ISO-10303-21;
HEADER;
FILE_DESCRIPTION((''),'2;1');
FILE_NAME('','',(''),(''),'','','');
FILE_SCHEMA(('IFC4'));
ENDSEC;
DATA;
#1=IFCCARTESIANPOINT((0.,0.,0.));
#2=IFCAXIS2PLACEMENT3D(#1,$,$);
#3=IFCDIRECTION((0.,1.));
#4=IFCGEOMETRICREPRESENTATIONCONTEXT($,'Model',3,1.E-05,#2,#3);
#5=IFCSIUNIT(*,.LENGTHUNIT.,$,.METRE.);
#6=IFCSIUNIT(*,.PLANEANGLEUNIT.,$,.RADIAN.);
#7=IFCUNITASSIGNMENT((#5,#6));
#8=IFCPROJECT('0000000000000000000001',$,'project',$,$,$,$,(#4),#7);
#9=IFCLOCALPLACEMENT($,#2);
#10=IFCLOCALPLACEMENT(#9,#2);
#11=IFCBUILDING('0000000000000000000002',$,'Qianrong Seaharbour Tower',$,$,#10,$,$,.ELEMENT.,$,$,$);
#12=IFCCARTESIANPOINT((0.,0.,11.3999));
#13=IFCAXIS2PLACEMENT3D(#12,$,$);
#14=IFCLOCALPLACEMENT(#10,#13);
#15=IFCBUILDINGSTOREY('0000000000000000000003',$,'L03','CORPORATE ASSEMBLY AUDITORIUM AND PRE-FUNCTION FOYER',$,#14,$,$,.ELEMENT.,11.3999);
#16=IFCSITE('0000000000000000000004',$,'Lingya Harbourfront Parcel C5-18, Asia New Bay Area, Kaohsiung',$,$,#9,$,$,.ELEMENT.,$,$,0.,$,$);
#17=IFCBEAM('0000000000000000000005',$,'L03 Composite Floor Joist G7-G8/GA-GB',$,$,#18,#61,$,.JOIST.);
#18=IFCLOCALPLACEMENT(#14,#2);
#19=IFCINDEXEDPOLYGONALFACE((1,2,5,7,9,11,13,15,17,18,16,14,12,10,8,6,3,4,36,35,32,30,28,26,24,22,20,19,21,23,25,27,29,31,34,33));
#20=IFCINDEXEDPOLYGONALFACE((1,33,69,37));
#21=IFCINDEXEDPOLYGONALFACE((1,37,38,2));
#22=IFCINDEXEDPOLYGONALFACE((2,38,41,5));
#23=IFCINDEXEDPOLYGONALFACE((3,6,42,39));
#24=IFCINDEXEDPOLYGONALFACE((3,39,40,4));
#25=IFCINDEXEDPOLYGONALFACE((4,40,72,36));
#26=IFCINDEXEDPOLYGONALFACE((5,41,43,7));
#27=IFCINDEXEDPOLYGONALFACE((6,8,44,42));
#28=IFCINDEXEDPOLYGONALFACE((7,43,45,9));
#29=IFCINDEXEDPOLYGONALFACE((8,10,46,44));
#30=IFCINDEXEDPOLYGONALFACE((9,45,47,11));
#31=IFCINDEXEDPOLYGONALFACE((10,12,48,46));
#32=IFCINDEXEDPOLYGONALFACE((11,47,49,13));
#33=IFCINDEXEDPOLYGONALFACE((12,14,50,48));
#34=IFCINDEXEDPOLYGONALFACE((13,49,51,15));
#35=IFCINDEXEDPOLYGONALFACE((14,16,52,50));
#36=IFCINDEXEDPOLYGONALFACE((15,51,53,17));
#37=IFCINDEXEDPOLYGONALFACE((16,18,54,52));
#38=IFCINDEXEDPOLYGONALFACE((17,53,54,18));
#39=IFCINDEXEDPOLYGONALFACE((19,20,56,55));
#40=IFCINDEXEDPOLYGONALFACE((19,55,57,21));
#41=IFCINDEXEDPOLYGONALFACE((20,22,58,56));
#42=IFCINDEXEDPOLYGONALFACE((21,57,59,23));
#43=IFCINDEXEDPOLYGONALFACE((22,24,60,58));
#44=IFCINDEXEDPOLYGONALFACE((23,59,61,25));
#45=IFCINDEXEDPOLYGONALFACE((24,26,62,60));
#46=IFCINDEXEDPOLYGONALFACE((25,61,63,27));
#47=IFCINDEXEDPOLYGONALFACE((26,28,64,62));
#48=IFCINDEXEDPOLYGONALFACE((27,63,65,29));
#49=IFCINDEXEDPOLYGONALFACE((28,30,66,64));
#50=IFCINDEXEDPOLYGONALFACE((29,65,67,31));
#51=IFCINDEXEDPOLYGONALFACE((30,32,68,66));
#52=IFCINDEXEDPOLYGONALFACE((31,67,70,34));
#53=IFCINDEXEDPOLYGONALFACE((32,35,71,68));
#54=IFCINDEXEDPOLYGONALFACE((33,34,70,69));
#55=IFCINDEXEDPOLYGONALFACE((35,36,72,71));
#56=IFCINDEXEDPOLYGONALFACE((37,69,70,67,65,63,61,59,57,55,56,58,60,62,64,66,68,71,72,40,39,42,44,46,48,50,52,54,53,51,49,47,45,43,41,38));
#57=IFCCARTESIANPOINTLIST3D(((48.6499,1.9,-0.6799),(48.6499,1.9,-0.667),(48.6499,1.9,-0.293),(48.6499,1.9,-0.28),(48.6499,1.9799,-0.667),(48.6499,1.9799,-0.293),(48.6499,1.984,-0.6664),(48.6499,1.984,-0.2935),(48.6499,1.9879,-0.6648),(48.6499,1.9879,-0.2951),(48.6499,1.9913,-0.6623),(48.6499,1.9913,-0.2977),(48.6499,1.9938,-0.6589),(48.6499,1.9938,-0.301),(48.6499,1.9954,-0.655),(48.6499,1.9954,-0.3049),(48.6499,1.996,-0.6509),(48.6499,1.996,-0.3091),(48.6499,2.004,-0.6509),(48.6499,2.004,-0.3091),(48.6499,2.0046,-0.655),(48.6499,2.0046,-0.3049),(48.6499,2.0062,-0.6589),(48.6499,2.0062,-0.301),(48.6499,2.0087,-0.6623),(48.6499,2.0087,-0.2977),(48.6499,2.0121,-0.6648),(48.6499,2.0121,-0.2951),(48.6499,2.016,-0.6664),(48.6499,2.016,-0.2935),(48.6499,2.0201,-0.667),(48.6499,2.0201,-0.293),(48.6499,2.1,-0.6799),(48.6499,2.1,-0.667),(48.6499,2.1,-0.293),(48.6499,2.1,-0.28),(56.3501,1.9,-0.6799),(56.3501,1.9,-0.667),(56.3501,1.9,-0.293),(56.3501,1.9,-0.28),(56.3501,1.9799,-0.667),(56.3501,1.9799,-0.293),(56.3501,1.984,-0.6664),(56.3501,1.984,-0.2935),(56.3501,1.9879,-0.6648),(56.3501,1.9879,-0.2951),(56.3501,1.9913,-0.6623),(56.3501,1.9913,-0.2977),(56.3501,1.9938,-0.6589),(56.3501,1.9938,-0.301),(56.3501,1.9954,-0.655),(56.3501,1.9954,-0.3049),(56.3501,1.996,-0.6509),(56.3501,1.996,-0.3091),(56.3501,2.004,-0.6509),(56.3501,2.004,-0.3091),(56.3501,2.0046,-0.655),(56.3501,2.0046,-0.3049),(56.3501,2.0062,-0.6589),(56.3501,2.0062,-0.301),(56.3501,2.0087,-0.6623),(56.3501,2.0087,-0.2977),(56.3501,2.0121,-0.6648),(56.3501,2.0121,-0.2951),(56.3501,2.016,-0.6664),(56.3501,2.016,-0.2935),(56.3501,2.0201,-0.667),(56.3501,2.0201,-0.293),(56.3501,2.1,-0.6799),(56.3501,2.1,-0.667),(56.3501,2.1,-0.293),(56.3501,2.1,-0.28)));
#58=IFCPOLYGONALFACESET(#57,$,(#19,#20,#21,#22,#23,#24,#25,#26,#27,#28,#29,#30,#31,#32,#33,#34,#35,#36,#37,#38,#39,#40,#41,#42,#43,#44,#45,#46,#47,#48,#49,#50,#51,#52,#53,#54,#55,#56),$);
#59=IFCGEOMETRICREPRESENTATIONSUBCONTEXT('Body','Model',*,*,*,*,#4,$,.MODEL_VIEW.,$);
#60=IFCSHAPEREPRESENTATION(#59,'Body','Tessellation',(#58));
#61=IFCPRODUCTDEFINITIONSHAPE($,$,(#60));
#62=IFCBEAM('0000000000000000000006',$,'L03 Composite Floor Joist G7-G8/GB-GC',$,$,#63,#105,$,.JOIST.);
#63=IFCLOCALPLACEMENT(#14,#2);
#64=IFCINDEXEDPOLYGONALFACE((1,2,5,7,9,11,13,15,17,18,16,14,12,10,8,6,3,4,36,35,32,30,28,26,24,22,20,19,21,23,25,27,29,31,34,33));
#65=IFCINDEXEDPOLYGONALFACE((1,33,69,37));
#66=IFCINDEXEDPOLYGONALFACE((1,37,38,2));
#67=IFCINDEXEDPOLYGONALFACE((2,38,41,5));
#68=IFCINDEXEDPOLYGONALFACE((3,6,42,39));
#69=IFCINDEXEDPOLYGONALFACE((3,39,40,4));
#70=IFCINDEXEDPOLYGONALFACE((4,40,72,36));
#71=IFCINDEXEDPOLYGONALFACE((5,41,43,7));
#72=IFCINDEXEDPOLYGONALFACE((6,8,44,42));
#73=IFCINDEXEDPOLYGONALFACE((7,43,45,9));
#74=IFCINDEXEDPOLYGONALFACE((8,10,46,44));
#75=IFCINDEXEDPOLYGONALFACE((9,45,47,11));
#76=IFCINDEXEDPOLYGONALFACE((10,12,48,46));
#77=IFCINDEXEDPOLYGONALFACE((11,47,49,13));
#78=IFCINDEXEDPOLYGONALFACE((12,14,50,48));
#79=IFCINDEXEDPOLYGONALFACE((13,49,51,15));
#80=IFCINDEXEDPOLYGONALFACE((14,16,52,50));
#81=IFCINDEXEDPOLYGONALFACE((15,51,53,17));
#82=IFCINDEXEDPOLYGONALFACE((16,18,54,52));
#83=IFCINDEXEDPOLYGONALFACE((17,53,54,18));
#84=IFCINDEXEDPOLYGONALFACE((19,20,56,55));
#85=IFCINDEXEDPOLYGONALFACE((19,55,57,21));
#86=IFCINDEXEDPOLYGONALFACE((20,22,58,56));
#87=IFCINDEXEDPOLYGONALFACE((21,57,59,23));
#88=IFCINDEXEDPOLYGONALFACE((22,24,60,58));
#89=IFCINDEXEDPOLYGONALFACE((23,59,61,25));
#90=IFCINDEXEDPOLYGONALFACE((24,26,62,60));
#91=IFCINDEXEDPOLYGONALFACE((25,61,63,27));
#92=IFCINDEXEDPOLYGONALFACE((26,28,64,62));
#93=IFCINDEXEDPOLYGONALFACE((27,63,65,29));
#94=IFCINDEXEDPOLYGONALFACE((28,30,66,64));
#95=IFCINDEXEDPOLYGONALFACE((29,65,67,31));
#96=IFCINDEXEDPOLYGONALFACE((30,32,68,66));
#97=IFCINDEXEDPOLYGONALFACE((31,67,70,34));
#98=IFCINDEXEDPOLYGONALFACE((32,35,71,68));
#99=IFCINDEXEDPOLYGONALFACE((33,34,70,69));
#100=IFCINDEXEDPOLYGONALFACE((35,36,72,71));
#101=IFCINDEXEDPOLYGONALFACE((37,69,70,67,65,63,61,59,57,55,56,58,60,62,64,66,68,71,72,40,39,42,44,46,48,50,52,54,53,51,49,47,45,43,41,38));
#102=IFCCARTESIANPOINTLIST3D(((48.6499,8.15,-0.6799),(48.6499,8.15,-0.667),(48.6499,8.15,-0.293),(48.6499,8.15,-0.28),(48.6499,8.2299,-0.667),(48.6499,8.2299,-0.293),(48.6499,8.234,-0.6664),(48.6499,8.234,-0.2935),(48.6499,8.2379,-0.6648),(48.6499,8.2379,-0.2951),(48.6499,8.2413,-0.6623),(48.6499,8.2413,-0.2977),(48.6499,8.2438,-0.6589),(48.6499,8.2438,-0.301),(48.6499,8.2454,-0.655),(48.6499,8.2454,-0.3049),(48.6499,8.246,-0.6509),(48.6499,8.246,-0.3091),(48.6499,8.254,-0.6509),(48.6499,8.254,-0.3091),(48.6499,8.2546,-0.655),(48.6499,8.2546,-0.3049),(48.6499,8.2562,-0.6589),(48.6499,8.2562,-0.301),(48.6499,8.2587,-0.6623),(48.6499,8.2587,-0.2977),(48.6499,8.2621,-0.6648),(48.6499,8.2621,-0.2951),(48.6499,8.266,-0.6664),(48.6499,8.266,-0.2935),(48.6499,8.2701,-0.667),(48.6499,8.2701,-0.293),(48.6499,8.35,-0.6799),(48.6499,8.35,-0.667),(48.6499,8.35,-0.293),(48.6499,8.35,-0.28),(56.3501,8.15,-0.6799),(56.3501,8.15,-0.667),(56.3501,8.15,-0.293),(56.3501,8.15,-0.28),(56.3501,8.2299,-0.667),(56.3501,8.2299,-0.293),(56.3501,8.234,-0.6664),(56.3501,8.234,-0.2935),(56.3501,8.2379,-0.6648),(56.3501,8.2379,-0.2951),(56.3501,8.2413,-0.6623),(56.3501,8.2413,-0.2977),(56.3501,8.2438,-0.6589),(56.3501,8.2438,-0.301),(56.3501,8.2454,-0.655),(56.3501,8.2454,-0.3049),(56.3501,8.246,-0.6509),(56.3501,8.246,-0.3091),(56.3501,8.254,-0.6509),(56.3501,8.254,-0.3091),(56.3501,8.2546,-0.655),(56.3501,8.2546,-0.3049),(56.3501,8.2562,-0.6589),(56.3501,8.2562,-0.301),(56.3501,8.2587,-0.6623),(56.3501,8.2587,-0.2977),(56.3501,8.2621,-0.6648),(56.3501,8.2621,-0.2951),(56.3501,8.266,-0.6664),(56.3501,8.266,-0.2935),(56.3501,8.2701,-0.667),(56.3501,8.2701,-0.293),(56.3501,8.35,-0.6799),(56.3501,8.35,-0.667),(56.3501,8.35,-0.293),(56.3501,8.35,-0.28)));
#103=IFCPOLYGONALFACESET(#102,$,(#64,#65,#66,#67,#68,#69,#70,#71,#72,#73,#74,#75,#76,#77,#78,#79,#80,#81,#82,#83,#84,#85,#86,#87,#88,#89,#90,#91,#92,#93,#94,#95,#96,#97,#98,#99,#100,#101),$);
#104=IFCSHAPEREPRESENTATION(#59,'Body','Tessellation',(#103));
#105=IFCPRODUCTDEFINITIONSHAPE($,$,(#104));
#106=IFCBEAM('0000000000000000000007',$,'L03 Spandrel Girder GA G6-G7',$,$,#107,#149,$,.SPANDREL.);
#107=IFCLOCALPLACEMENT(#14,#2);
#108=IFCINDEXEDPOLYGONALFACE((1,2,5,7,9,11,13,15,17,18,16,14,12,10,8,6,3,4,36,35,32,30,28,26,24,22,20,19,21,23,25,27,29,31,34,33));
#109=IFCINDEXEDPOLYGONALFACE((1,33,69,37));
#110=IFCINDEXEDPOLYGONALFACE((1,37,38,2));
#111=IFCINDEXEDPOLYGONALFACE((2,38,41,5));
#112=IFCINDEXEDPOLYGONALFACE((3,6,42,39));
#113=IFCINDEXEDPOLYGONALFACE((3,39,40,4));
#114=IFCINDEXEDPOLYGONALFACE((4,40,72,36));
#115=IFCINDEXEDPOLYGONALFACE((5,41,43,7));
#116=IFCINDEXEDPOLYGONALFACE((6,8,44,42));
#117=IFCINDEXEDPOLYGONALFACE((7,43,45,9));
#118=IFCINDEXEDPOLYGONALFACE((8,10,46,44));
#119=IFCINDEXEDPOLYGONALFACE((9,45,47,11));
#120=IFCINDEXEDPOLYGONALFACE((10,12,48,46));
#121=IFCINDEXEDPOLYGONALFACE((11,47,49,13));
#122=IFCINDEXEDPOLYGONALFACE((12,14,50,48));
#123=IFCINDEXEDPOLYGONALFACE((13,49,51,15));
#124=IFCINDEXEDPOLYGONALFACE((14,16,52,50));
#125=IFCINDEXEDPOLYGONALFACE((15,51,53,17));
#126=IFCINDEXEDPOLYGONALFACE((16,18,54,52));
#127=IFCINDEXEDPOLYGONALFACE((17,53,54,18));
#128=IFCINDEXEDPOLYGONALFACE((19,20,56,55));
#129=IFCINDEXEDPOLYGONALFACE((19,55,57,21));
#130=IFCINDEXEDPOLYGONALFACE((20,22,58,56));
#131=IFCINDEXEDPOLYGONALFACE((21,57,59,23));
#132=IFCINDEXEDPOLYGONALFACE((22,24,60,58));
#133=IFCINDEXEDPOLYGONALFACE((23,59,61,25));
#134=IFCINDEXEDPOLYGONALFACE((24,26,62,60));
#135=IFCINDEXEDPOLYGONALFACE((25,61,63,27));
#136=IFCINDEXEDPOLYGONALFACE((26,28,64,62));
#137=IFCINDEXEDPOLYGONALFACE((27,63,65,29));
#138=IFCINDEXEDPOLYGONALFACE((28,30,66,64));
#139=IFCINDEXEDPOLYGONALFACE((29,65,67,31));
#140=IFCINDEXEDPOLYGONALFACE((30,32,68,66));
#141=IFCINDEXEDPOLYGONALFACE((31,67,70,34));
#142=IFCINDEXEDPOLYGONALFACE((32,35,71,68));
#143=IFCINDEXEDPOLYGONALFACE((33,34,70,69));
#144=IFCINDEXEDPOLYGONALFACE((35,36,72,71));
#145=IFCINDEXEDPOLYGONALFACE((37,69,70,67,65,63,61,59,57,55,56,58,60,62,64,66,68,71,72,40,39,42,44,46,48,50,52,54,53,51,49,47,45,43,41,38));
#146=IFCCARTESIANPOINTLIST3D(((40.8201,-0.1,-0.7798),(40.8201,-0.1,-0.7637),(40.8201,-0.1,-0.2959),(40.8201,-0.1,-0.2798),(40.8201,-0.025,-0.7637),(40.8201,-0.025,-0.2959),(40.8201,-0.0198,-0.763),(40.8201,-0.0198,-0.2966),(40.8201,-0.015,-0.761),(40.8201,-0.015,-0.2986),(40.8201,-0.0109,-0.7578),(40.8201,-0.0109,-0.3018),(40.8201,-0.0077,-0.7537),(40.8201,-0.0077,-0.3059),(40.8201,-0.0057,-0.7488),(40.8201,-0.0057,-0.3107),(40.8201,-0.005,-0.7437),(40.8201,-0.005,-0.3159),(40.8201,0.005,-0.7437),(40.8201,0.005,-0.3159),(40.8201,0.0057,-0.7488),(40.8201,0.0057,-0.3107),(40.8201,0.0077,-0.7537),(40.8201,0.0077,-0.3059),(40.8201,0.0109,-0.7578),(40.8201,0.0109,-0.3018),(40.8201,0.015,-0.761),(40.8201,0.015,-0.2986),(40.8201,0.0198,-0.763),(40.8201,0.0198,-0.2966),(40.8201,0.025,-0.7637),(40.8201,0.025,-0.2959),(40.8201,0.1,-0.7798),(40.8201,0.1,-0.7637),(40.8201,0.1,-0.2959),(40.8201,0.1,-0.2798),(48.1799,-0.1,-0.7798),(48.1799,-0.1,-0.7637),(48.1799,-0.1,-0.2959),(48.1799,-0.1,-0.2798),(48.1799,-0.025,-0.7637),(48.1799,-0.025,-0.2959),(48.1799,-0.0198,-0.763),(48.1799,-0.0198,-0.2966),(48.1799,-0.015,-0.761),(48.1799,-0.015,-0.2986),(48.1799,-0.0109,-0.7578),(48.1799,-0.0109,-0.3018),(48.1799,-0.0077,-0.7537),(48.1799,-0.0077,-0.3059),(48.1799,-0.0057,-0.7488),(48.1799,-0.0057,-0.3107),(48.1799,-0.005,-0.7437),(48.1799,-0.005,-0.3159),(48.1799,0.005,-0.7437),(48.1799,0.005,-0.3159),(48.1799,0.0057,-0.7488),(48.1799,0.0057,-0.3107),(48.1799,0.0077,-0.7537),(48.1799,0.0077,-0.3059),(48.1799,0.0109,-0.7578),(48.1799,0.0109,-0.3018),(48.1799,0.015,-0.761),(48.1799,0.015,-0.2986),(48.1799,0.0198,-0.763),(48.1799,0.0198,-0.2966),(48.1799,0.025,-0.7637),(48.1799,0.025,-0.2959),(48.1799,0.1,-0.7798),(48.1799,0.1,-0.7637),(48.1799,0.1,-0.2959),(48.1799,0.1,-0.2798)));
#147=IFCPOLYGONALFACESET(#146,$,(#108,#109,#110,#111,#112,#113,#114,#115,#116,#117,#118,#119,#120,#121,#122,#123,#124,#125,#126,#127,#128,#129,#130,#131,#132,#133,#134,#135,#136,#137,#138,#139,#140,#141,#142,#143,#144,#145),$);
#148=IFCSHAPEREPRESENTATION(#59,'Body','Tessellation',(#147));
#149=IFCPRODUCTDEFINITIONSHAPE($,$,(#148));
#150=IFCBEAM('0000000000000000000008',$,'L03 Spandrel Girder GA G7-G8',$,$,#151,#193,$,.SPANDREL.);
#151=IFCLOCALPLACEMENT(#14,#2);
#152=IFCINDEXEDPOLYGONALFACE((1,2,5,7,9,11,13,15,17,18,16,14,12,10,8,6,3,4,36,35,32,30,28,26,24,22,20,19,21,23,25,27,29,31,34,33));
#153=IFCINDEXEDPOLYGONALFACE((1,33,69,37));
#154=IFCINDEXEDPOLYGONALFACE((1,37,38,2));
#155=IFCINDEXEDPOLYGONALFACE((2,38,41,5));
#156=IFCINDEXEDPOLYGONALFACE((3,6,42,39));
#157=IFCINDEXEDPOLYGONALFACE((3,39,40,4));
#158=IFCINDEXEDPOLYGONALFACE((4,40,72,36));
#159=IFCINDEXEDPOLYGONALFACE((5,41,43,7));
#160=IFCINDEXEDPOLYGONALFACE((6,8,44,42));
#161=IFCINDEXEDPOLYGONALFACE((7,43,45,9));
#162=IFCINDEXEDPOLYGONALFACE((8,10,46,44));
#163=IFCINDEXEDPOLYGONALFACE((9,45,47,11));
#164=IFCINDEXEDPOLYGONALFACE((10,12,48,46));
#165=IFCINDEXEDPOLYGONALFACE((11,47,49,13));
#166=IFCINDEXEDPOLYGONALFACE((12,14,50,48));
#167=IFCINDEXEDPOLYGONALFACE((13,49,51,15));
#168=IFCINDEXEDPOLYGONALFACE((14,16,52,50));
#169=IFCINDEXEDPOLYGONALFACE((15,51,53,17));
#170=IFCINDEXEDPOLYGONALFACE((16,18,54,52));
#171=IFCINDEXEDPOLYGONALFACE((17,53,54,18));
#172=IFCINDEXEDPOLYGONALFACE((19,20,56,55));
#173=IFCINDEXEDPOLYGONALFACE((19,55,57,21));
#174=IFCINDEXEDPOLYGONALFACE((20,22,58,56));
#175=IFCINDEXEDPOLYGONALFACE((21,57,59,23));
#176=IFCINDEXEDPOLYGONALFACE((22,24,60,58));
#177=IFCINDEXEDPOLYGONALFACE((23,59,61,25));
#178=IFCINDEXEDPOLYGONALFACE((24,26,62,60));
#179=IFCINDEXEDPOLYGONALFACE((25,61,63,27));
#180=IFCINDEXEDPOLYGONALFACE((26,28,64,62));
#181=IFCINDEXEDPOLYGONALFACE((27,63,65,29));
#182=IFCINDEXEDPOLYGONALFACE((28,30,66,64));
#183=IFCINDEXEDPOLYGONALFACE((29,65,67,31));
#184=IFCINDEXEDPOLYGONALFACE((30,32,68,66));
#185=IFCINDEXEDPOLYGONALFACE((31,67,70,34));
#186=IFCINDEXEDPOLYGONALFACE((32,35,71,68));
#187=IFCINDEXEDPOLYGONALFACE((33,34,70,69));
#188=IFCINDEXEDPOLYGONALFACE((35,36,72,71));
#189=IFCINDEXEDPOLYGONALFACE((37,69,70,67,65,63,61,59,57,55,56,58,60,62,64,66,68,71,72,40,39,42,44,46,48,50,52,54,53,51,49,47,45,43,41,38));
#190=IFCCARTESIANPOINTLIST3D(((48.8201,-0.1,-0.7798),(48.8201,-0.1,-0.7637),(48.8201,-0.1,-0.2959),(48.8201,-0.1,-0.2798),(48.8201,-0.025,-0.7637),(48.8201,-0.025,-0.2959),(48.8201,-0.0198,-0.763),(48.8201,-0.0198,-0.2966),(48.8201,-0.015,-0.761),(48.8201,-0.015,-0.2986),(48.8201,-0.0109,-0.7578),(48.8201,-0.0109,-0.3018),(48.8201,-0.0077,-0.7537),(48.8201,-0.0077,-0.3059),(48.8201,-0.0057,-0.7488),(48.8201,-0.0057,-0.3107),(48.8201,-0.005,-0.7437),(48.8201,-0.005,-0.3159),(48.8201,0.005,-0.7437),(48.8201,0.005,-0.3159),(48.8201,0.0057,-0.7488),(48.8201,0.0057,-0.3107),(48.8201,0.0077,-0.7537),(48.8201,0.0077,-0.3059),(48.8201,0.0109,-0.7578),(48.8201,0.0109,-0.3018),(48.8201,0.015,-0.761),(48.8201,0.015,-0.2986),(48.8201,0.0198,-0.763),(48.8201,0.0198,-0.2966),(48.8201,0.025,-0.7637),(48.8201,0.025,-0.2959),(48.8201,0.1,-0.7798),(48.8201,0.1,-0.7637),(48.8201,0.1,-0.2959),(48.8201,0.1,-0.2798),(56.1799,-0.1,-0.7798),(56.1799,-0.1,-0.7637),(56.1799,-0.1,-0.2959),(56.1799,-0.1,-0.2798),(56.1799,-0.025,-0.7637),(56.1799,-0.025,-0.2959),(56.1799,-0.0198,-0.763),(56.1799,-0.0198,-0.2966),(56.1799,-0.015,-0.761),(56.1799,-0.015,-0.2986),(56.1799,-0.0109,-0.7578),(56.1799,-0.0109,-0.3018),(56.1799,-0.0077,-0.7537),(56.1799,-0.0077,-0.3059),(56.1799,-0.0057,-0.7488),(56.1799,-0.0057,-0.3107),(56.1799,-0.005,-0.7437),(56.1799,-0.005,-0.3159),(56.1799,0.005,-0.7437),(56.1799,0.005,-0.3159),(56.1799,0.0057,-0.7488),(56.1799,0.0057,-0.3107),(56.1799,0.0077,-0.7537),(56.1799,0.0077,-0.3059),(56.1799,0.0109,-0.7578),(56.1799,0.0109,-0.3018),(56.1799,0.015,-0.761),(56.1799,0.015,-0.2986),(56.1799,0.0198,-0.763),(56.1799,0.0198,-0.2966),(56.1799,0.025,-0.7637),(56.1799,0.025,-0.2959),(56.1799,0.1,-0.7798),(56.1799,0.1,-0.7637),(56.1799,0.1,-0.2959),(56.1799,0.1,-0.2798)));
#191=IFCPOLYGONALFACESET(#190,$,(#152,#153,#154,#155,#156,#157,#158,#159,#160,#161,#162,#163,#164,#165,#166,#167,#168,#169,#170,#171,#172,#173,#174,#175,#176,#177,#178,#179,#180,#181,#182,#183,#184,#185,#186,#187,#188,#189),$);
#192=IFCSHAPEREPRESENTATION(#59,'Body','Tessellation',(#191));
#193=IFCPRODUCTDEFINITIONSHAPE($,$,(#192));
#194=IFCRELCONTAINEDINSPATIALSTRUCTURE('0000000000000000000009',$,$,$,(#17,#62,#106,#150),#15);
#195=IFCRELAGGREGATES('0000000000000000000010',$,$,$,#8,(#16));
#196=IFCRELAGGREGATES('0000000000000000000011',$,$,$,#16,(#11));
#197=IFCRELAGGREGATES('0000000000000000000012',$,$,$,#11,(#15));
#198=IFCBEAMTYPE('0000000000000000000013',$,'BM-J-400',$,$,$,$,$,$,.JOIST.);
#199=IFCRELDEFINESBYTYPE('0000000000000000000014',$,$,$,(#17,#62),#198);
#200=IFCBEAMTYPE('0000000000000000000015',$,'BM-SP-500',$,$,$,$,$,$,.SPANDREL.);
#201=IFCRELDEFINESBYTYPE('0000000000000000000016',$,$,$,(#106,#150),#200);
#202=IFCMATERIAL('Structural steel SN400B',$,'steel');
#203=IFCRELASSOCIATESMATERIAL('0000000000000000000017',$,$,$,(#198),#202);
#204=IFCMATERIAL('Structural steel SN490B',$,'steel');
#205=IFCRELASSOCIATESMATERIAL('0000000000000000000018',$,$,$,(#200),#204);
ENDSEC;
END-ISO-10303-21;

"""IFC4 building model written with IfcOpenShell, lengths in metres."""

from ifc_helpers import new_model, si_unit, direction, frame, origin, origin_2d, place, context, subcontext, project, spatial, i_section, extrude, material, material_profile, profile_set, type_object, element, save


model = new_model("IFC4")

# Units and contexts
model_context = context("Model", 3, precision=1e-05, world=origin(), true_north=direction((0.0, 1.0)))
body_context = subcontext(model_context, "Body", "Model", "MODEL_VIEW")
ifc_project = project(units=[si_unit("LENGTHUNIT", "METRE"), si_unit("PLANEANGLEUNIT", "RADIAN")], contexts=[model_context])

# Site, building, storey
site_placement = place(None, origin())
site = spatial("IfcSite", under=ifc_project, at=site_placement, Name="Lingya Harbourfront Parcel C5-18, Asia New Bay Area, Kaohsiung", CompositionType="ELEMENT", RefElevation=0.0)
building_placement = place(site_placement, origin())
building = spatial("IfcBuilding", under=site, at=building_placement, Name="Qianrong Seaharbour Tower", CompositionType="ELEMENT")
storey_placement = place(building_placement, frame((0.0, 0.0, 11.3999)))
storey = spatial("IfcBuildingStorey", under=building, at=storey_placement, Name="L03", Description="CORPORATE ASSEMBLY AUDITORIUM AND PRE-FUNCTION FOYER", CompositionType="ELEMENT", Elevation=11.3999)

# Beams
ifc_material_1 = material(Name="Structural steel SN490B", Category="steel")
ifc_material_2 = material(Name="Structural steel SN400B", Category="steel")
ifc_material_profile_1 = material_profile(ifc_material_2, i_section(OverallWidth=0.2, OverallDepth=0.3999, WebThickness=0.0081, FlangeThickness=0.0129, FilletRadius=0.0161, at=origin_2d()), Name="H400x200x8x13")
ifc_profile_set_1 = profile_set([ifc_material_profile_1], Name="Structural steel SN400B")
beam_type_1 = type_object("IfcBeamType", Name="BM-J-400", PredefinedType="JOIST", material=ifc_profile_set_1)
for number, where, z_axis, x_axis, name in (
    (1, (48.6499, 2.0, -0.48), (1.0, 0.0, 0.0), (0.0, 1.0, 0.0), "L03 Composite Floor Joist G7-G8/GA-GB"),
    (2, (48.6499, 8.25, -0.48), (1.0, 0.0, 0.0), (0.0, 1.0, 0.0), "L03 Composite Floor Joist G7-G8/GB-GC"),
):
    element("IfcBeam", number, at=place(storey_placement, frame(where, z_axis=z_axis, x_axis=x_axis)), inside=storey, type_object=beam_type_1, Name=name, PredefinedType="JOIST", context=body_context, shape_type="SweptSolid", body=[
        extrude(i_section(OverallWidth=0.2, OverallDepth=0.3999, WebThickness=0.0081, FlangeThickness=0.0129, FilletRadius=0.0161, at=origin_2d()), origin(), (0.0, 0.0, 1.0), 7.7002),
    ])
ifc_material_profile_2 = material_profile(ifc_material_1, i_section(OverallWidth=0.2, OverallDepth=0.5, WebThickness=0.01, FlangeThickness=0.0161, FilletRadius=0.02, at=origin_2d()), Name="H500x200x10x16")
ifc_profile_set_2 = profile_set([ifc_material_profile_2], Name="Structural steel SN490B")
beam_type_2 = type_object("IfcBeamType", Name="BM-SP-500", PredefinedType="SPANDREL", material=ifc_profile_set_2)
for number, where, z_axis, x_axis, name in (
    (3, (40.8201, 0.0, -0.5298), (1.0, 0.0, 0.0), (0.0, 1.0, 0.0), "L03 Spandrel Girder GA G6-G7"),
    (4, (48.8201, 0.0, -0.5298), (1.0, 0.0, 0.0), (0.0, 1.0, 0.0), "L03 Spandrel Girder GA G7-G8"),
):
    element("IfcBeam", number, at=place(storey_placement, frame(where, z_axis=z_axis, x_axis=x_axis)), inside=storey, type_object=beam_type_2, Name=name, PredefinedType="SPANDREL", context=body_context, shape_type="SweptSolid", body=[
        extrude(i_section(OverallWidth=0.2, OverallDepth=0.5, WebThickness=0.01, FlangeThickness=0.0161, FilletRadius=0.02, at=origin_2d()), origin(), (0.0, 0.0, 1.0), 7.3599),
    ])

save(model, "model.ifc")
